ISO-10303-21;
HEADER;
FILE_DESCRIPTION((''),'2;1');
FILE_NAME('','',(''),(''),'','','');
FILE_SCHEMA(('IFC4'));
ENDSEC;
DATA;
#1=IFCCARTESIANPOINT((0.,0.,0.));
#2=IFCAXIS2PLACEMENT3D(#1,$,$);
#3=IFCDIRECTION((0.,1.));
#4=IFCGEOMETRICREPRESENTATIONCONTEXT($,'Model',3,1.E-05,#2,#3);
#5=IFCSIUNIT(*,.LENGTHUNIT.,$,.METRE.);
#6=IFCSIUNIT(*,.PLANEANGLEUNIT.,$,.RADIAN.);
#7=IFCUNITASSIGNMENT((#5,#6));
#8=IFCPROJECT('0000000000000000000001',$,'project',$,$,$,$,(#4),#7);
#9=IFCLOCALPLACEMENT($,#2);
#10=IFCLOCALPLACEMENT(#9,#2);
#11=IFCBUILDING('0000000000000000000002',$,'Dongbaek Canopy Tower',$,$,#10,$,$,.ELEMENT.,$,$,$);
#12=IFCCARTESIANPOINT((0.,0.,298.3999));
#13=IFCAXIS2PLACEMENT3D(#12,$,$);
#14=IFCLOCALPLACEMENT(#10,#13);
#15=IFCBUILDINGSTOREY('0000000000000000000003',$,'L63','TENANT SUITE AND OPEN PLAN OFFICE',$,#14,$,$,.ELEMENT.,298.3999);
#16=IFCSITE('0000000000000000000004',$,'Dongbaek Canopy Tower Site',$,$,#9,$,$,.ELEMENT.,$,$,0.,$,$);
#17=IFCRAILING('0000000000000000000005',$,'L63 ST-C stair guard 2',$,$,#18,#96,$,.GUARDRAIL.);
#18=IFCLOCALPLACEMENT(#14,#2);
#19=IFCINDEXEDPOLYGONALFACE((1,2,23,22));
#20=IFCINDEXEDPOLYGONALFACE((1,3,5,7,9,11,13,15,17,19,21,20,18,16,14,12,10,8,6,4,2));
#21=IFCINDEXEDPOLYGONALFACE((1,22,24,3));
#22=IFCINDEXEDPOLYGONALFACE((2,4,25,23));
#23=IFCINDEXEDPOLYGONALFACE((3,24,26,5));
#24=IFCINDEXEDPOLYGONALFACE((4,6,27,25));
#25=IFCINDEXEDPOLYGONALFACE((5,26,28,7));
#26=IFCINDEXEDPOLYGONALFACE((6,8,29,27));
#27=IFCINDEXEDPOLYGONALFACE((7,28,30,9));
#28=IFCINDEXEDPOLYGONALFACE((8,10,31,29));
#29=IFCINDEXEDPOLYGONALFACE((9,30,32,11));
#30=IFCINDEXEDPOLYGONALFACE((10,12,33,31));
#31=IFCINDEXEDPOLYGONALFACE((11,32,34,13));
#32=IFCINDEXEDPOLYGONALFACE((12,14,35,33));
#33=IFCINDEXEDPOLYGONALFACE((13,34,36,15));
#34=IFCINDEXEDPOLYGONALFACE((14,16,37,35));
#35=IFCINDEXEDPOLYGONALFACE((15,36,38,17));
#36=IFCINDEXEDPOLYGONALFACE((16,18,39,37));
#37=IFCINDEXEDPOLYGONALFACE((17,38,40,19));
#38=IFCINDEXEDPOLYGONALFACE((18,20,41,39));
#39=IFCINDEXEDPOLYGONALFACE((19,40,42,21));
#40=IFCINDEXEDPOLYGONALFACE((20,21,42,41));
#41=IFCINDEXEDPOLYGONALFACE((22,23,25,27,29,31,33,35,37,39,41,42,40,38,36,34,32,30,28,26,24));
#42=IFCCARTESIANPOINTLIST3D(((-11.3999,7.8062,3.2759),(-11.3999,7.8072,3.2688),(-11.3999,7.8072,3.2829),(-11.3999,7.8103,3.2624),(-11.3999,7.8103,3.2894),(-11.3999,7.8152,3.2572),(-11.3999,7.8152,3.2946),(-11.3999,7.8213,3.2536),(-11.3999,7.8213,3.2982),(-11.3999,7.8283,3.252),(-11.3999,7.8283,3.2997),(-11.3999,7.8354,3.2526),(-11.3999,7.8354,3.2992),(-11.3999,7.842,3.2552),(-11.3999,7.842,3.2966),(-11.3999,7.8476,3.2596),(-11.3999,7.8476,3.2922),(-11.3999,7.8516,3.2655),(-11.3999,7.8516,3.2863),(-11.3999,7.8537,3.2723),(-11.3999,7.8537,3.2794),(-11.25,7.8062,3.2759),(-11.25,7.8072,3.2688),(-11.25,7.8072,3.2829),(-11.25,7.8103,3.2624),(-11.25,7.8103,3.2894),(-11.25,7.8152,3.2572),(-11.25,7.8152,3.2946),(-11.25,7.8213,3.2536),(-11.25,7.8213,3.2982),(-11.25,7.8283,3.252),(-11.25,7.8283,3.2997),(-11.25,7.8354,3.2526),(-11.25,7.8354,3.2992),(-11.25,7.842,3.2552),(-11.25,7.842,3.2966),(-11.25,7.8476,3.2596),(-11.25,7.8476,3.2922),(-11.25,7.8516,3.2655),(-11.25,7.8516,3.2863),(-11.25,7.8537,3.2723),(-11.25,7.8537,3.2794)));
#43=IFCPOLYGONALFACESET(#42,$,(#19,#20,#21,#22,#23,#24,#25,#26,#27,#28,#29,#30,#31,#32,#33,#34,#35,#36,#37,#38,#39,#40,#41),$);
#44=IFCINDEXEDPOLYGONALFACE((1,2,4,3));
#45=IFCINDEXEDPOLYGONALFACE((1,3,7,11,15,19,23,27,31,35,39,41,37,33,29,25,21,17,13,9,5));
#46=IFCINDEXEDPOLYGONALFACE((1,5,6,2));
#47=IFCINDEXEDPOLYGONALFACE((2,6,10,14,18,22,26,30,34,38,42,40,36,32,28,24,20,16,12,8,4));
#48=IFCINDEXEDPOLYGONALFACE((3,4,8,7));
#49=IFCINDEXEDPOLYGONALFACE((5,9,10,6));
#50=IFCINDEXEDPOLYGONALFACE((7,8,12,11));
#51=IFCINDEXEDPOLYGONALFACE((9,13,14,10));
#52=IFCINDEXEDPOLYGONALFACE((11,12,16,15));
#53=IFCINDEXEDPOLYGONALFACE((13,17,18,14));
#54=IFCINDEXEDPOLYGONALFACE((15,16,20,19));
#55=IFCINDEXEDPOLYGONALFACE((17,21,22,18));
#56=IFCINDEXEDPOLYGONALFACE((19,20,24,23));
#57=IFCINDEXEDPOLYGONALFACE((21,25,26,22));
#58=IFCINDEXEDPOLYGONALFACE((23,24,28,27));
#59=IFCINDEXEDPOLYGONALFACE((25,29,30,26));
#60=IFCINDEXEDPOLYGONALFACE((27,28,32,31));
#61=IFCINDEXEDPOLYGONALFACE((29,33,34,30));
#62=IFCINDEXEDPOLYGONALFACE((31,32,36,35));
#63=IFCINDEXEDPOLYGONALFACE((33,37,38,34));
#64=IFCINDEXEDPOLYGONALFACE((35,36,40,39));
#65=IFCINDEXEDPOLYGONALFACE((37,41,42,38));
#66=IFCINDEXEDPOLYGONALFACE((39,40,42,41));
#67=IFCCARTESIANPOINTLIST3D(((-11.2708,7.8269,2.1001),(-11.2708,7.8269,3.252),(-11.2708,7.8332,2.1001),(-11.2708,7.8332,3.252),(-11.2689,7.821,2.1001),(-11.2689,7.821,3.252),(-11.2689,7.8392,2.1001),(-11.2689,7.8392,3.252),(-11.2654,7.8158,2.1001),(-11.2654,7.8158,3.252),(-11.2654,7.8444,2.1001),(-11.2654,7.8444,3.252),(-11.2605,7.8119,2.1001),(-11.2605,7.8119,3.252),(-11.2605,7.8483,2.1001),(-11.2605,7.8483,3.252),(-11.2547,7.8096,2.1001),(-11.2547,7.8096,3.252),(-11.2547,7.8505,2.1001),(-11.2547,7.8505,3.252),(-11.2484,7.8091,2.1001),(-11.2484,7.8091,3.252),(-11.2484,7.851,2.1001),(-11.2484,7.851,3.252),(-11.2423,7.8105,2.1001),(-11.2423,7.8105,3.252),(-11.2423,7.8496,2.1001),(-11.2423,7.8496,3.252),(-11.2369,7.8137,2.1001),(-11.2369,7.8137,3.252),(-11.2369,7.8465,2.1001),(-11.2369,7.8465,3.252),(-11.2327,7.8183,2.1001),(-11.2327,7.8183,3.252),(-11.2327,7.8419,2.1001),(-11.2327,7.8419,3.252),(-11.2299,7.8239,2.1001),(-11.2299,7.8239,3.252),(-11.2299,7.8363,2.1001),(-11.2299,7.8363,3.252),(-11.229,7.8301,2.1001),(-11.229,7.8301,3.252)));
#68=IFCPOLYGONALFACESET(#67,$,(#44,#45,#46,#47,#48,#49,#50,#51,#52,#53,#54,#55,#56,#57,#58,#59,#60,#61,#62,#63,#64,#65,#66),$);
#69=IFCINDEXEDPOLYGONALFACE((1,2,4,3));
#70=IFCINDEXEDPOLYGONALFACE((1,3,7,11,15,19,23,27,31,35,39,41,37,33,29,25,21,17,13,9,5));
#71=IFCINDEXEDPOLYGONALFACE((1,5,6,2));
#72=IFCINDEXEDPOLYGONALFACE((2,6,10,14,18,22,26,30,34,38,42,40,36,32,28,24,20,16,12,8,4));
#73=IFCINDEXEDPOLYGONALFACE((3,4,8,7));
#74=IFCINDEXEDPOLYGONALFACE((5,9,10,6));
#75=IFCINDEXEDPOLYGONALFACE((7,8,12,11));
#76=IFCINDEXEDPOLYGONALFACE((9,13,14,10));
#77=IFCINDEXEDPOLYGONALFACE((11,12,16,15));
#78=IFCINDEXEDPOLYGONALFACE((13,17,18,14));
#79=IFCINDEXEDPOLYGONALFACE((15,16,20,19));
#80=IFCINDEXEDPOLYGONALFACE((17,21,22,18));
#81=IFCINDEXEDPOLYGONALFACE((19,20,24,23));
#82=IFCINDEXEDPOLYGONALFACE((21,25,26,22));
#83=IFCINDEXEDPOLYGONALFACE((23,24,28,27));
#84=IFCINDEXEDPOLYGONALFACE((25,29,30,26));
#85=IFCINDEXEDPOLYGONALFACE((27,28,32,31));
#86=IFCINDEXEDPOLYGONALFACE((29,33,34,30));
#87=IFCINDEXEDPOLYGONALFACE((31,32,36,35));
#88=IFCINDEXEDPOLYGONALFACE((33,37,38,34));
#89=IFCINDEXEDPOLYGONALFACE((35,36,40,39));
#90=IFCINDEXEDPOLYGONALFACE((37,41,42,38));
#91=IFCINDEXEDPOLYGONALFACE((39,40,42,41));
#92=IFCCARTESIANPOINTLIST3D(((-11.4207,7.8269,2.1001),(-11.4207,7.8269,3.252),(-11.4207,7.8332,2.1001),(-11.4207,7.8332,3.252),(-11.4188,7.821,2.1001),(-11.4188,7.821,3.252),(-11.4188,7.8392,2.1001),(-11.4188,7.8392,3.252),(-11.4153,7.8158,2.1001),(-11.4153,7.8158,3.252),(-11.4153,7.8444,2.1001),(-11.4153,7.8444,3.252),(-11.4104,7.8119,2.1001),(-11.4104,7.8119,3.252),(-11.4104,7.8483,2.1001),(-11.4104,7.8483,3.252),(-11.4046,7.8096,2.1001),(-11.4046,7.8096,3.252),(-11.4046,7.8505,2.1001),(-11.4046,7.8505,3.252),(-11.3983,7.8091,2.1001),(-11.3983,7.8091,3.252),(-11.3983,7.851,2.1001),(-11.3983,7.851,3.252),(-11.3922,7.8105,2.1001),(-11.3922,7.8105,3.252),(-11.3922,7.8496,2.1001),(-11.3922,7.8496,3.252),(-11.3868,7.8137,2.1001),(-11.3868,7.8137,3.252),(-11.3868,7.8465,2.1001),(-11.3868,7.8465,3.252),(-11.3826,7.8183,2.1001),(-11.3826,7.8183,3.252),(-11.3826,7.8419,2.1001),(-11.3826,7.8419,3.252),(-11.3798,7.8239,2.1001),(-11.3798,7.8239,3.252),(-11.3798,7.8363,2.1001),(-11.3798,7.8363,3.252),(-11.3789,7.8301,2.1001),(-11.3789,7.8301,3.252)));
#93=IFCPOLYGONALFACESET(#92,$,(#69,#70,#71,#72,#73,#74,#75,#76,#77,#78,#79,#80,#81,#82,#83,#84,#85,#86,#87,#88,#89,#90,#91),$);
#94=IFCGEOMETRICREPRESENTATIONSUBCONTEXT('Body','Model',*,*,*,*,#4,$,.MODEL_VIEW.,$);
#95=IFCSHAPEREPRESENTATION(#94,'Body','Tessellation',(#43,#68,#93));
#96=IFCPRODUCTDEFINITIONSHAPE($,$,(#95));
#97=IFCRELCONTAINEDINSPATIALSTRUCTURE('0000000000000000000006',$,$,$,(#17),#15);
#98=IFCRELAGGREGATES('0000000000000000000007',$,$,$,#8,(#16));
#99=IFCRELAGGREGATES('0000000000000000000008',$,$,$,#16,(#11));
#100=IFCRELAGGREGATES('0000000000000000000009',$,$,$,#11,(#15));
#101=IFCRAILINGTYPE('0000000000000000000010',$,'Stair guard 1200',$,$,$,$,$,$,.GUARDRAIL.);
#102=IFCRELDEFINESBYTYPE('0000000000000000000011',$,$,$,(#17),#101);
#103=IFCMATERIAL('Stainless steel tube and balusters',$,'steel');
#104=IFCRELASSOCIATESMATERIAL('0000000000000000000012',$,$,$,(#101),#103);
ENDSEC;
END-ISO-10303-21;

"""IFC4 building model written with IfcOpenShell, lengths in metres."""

from ifc_helpers import new_model, si_unit, direction, frame, origin, origin_2d, place, context, subcontext, project, spatial, circle, extrude, material, type_object, element, save


model = new_model("IFC4")

# Units and contexts
model_context = context("Model", 3, precision=1e-05, world=origin(), true_north=direction((0.0, 1.0)))
body_context = subcontext(model_context, "Body", "Model", "MODEL_VIEW")
ifc_project = project(units=[si_unit("LENGTHUNIT", "METRE"), si_unit("PLANEANGLEUNIT", "RADIAN")], contexts=[model_context])

# Site, building, storey
site_placement = place(None, origin())
site = spatial("IfcSite", under=ifc_project, at=site_placement, Name="Dongbaek Canopy Tower Site", CompositionType="ELEMENT", RefElevation=0.0)
building_placement = place(site_placement, origin())
building = spatial("IfcBuilding", under=site, at=building_placement, Name="Dongbaek Canopy Tower", CompositionType="ELEMENT")
storey_placement = place(building_placement, frame((0.0, 0.0, 298.3999)))
storey = spatial("IfcBuildingStorey", under=building, at=storey_placement, Name="L63", Description="TENANT SUITE AND OPEN PLAN OFFICE", CompositionType="ELEMENT", Elevation=298.3999)

# Railing
ifc_material_1 = material(Name="Stainless steel tube and balusters", Category="steel")
railing_type_1 = type_object("IfcRailingType", Name="Stair guard 1200", PredefinedType="GUARDRAIL", material=ifc_material_1)
railing_1_placement = place(storey_placement, frame((-11.25, 7.8301, 2.1001)))
element("IfcRailing", 1, at=railing_1_placement, inside=storey, type_object=railing_type_1, Name="L63 ST-C stair guard 2", PredefinedType="GUARDRAIL", context=body_context, shape_type="SweptSolid", body=[
    extrude(circle(Radius=0.0239, at=origin_2d()), frame((0.0, 0.0, 1.1758), z_axis=(-1.0, 0.0, 0.0), x_axis=(0.0, -1.0, 0.0)), (0.0, 0.0, 1.0), 0.1499),
    extrude(circle(Radius=0.021, at=origin_2d()), origin(), (0.0, 0.0, 1.0), 1.1519),
    extrude(circle(Radius=0.021, at=origin_2d()), frame((-0.1499, 0.0, 0.0)), (0.0, 0.0, 1.0), 1.1519),
])

save(model, "model.ifc")
